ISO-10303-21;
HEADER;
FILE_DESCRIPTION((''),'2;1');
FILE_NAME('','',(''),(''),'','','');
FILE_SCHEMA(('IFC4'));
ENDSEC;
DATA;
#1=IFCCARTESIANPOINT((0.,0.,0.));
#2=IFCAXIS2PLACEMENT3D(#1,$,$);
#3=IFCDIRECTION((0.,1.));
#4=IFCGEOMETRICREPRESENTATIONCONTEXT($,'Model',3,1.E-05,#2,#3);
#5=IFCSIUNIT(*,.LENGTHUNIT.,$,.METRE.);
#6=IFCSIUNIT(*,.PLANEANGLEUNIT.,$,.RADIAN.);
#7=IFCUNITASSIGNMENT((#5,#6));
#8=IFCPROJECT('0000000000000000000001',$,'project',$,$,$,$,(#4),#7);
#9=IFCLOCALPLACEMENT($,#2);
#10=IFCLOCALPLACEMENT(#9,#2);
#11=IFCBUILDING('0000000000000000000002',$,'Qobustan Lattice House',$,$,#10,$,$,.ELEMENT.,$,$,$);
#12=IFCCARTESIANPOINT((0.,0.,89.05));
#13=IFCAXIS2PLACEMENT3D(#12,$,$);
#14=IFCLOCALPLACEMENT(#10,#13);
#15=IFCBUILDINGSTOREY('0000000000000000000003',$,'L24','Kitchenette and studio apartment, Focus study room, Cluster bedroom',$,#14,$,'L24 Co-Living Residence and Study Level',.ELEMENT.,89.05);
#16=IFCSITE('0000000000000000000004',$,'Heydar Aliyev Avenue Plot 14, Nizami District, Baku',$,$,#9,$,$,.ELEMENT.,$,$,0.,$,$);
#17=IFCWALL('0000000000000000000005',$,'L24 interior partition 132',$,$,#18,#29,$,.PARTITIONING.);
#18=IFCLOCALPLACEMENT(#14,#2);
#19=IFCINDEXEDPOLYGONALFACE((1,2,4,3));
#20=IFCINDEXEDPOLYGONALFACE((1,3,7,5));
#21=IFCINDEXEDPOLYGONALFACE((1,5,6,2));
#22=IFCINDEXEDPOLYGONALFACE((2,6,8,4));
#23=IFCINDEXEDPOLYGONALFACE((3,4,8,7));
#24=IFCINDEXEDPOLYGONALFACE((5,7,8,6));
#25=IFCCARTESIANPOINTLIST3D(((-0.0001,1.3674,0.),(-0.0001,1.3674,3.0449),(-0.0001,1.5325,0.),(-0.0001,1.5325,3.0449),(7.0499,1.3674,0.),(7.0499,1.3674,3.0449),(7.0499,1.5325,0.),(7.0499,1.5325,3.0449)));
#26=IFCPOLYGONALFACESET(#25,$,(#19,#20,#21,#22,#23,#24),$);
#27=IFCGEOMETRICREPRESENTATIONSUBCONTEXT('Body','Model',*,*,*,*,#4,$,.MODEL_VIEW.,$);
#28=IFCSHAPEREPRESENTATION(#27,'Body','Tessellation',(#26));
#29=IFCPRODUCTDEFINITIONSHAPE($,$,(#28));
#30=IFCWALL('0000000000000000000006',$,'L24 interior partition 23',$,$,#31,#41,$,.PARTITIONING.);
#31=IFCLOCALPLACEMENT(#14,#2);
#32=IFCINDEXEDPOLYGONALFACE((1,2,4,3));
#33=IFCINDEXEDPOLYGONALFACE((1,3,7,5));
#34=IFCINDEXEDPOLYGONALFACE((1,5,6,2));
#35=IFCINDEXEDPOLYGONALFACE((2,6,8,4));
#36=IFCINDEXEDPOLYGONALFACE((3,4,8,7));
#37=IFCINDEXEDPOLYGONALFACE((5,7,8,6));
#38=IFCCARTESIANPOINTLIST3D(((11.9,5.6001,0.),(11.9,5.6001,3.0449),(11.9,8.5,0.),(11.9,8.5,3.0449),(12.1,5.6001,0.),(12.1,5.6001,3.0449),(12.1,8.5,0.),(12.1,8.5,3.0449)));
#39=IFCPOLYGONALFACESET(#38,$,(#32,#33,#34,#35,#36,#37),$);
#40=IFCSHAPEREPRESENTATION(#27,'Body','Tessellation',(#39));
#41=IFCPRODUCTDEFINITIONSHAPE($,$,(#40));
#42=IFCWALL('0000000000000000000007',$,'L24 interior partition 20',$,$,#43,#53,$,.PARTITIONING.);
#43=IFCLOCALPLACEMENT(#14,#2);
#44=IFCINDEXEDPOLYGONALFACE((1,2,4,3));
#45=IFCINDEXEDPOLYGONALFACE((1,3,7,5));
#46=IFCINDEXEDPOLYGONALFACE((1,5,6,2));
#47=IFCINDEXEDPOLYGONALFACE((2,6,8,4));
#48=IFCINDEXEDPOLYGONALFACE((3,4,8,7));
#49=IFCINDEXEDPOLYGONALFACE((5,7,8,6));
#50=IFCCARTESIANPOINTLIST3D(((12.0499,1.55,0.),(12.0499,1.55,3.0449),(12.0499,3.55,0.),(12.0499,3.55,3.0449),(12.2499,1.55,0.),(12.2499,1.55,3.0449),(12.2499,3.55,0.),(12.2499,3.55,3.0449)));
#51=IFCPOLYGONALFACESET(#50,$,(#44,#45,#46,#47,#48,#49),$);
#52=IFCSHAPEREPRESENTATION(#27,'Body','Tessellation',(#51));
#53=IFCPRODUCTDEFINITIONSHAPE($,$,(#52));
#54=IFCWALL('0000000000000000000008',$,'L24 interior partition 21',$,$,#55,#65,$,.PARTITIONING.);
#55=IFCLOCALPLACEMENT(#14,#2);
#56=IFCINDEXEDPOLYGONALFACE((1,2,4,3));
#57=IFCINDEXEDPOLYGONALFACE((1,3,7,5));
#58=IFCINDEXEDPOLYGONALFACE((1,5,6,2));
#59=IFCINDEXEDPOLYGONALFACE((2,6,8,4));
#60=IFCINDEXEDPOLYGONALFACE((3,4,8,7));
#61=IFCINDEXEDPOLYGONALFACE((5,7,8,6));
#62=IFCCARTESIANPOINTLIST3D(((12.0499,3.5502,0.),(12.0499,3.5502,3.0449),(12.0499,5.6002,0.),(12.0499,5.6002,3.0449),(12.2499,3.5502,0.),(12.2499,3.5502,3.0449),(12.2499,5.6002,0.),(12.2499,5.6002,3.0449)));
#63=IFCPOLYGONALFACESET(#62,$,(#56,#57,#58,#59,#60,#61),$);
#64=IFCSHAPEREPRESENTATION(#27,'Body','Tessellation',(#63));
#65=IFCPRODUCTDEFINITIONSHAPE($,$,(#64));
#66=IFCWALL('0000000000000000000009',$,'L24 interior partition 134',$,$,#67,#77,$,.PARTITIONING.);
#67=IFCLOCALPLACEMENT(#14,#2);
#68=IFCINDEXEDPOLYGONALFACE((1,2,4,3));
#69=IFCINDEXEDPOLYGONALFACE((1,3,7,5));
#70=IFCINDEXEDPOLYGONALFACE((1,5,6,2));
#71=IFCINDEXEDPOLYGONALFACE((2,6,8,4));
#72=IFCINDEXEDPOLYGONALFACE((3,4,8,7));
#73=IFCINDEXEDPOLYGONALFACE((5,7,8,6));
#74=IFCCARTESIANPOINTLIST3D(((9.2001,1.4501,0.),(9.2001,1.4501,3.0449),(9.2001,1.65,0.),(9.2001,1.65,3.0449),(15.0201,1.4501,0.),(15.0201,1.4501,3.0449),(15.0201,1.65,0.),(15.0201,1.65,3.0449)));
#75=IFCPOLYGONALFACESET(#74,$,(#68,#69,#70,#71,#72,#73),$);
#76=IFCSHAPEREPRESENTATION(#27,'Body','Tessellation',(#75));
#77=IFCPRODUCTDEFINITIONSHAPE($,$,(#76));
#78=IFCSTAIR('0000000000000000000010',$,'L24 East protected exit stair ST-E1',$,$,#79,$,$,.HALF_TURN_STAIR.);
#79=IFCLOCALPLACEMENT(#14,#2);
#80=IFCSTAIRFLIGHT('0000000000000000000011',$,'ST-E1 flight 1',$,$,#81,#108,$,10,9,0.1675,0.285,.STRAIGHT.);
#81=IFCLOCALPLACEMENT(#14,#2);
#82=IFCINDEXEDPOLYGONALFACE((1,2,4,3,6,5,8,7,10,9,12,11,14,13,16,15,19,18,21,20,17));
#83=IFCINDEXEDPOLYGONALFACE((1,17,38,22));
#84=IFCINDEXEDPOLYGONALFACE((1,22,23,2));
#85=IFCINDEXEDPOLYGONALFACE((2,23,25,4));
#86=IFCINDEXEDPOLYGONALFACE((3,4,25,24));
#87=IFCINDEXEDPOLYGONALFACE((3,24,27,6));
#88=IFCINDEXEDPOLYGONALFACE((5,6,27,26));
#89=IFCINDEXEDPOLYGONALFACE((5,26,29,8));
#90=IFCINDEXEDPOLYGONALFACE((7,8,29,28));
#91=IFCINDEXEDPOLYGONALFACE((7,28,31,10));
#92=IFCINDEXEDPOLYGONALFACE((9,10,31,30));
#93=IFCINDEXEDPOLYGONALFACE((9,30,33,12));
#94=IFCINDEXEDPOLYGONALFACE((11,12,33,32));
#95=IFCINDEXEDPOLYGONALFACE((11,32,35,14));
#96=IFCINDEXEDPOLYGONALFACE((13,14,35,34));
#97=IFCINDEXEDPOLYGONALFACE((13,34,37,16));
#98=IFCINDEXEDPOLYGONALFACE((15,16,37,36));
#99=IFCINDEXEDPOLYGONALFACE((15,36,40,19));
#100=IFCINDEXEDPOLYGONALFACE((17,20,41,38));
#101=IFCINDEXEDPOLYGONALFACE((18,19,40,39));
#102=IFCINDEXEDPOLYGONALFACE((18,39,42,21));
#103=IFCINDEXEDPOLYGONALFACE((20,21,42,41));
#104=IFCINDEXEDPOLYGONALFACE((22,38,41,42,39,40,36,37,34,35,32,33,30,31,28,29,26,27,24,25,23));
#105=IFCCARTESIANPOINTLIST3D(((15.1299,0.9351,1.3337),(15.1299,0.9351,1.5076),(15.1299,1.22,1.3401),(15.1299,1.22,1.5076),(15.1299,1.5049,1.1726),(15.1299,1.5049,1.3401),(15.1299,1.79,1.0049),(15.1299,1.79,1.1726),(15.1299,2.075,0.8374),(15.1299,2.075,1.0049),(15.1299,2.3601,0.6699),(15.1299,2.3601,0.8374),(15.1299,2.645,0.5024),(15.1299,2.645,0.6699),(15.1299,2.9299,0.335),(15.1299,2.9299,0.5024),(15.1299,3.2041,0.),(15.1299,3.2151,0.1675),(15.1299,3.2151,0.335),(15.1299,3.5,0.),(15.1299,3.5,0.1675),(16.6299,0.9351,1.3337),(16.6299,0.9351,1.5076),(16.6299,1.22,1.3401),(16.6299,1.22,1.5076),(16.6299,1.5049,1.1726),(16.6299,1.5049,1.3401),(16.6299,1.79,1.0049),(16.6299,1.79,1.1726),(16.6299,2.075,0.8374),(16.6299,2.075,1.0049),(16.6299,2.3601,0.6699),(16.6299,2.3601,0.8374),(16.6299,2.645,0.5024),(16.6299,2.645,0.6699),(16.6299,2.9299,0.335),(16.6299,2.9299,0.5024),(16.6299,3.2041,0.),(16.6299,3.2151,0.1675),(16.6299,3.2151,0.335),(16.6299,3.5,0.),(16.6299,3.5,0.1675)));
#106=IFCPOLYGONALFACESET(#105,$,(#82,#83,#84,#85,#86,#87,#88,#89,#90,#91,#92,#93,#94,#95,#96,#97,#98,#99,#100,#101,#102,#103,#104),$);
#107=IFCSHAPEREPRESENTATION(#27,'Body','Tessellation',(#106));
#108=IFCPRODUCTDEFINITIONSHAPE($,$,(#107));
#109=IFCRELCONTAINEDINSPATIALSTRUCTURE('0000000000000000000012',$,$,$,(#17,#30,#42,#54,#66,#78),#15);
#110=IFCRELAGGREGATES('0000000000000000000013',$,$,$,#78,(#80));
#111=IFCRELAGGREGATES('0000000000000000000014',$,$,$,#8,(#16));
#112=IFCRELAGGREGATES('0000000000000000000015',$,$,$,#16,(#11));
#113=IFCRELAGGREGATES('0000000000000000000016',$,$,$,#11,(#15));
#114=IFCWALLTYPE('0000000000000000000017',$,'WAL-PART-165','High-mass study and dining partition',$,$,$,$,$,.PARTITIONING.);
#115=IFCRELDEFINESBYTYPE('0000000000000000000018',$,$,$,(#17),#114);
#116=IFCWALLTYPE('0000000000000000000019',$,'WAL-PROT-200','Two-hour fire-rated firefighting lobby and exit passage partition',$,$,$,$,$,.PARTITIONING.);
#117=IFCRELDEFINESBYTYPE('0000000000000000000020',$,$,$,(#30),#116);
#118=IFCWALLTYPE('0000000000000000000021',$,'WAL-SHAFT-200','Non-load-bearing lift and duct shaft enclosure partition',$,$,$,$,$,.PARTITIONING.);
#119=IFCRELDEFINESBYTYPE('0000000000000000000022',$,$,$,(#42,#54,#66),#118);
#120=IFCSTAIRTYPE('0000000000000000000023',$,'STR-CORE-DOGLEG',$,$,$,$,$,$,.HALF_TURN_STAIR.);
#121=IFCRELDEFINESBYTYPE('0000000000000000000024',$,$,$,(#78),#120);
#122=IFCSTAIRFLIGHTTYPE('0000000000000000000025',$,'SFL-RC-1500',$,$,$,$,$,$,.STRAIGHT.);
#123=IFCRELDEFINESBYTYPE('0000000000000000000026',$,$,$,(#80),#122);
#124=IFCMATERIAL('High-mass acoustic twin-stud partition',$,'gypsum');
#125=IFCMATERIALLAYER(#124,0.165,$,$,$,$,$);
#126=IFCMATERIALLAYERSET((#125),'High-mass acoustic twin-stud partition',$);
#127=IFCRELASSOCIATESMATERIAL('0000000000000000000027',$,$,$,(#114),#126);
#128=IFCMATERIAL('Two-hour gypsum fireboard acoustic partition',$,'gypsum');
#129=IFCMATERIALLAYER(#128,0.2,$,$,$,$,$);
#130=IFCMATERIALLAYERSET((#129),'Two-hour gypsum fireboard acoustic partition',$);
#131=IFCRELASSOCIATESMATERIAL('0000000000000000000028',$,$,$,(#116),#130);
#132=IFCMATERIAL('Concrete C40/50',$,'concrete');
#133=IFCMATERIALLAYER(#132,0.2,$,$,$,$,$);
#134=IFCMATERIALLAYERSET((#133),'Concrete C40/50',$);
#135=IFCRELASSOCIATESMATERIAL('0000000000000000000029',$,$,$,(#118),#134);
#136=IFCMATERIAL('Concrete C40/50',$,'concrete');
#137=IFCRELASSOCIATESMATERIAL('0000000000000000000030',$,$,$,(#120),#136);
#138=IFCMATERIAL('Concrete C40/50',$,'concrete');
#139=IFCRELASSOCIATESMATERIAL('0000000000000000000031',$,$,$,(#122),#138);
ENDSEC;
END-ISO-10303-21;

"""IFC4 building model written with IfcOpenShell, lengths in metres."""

from ifc_helpers import new_model, si_unit, direction, frame, frame_2d, origin, place, context, subcontext, project, spatial, polyline, rectangle, outline, extrude, material, layer, layer_set, type_object, element, aggregate, save


model = new_model("IFC4")

# Units and contexts
model_context = context("Model", 3, precision=1e-05, world=origin(), true_north=direction((0.0, 1.0)))
body_context = subcontext(model_context, "Body", "Model", "MODEL_VIEW")
ifc_project = project(units=[si_unit("LENGTHUNIT", "METRE"), si_unit("PLANEANGLEUNIT", "RADIAN")], contexts=[model_context])

# Site, building, storey
site_placement = place(None, origin())
site = spatial("IfcSite", under=ifc_project, at=site_placement, Name="Heydar Aliyev Avenue Plot 14, Nizami District, Baku", CompositionType="ELEMENT", RefElevation=0.0)
building_placement = place(site_placement, origin())
building = spatial("IfcBuilding", under=site, at=building_placement, Name="Qobustan Lattice House", CompositionType="ELEMENT")
storey_placement = place(building_placement, frame((0.0, 0.0, 89.05)))
storey = spatial("IfcBuildingStorey", under=building, at=storey_placement, Name="L24", Description="Kitchenette and studio apartment, Focus study room, Cluster bedroom", LongName="L24 Co-Living Residence and Study Level", CompositionType="ELEMENT", Elevation=89.05)

# Shared definitions
ifc_material_1 = material(Name="High-mass acoustic twin-stud partition", Category="gypsum")
ifc_layer_1 = layer(ifc_material_1, 0.165)
ifc_layer_set_1 = layer_set([ifc_layer_1], Name="High-mass acoustic twin-stud partition")
wall_type_1 = type_object("IfcWallType", Name="WAL-PART-165", Description="High-mass study and dining partition", PredefinedType="PARTITIONING", material=ifc_layer_set_1)

# Walls
for number, where, z_axis, x_axis, name in (
    (1, (0.0, 1.45, 0.0), (0.0, 0.0, 1.0), (1.0, 0.0, 0.0), "L24 interior partition 132"),
):
    element("IfcWall", number, at=place(storey_placement, frame(where, z_axis=z_axis, x_axis=x_axis)), inside=storey, type_object=wall_type_1, Name=name, PredefinedType="PARTITIONING", context=body_context, shape_type="SweptSolid", body=[
        extrude(rectangle(XDim=7.05, YDim=0.165, at=frame_2d((3.5249, 0.0))), origin(), (0.0, 0.0, 1.0), 3.0449),
    ])
ifc_material_2 = material(Name="Two-hour gypsum fireboard acoustic partition", Category="gypsum")
ifc_layer_2 = layer(ifc_material_2, 0.2)
ifc_layer_set_2 = layer_set([ifc_layer_2], Name="Two-hour gypsum fireboard acoustic partition")
wall_type_2 = type_object("IfcWallType", Name="WAL-PROT-200", Description="Two-hour fire-rated firefighting lobby and exit passage partition", PredefinedType="PARTITIONING", material=ifc_layer_set_2)
wall_1_placement = place(storey_placement, frame((12.0, 8.5, 0.0), z_axis=(0.0, 0.0, 1.0), x_axis=(0.0, -1.0, 0.0)))
element("IfcWall", 2, at=wall_1_placement, inside=storey, type_object=wall_type_2, Name="L24 interior partition 23", PredefinedType="PARTITIONING", context=body_context, shape_type="SweptSolid", body=[
    extrude(rectangle(XDim=2.8999, YDim=0.2, at=frame_2d((1.45, 0.0))), origin(), (0.0, 0.0, 1.0), 3.0449),
])
ifc_material_3 = material(Name="Concrete C40/50", Category="concrete")
ifc_layer_3 = layer(ifc_material_3, 0.2)
ifc_layer_set_3 = layer_set([ifc_layer_3], Name="Concrete C40/50")
wall_type_3 = type_object("IfcWallType", Name="WAL-SHAFT-200", Description="Non-load-bearing lift and duct shaft enclosure partition", PredefinedType="PARTITIONING", material=ifc_layer_set_3)
wall_2_placement = place(storey_placement, frame((12.1499, 3.55, 0.0), z_axis=(0.0, 0.0, 1.0), x_axis=(0.0, -1.0, 0.0)))
element("IfcWall", 3, at=wall_2_placement, inside=storey, type_object=wall_type_3, Name="L24 interior partition 20", PredefinedType="PARTITIONING", context=body_context, shape_type="SweptSolid", body=[
    extrude(rectangle(XDim=2.0, YDim=0.2, at=frame_2d((1.0, 0.0))), origin(), (0.0, 0.0, 1.0), 3.0449),
])
wall_3_placement = place(storey_placement, frame((12.1499, 5.6001, 0.0), z_axis=(0.0, 0.0, 1.0), x_axis=(0.0, -1.0, 0.0)))
element("IfcWall", 4, at=wall_3_placement, inside=storey, type_object=wall_type_3, Name="L24 interior partition 21", PredefinedType="PARTITIONING", context=body_context, shape_type="SweptSolid", body=[
    extrude(rectangle(XDim=2.05, YDim=0.2, at=frame_2d((1.0249, 0.0))), origin(), (0.0, 0.0, 1.0), 3.0449),
])
wall_4_placement = place(storey_placement, frame((9.2, 1.55, 0.0), z_axis=(0.0, 0.0, 1.0), x_axis=(1.0, 0.0, 0.0)))
element("IfcWall", 5, at=wall_4_placement, inside=storey, type_object=wall_type_3, Name="L24 interior partition 134", PredefinedType="PARTITIONING", context=body_context, shape_type="SweptSolid", body=[
    extrude(rectangle(XDim=5.8201, YDim=0.2, at=frame_2d((2.9102, 0.0))), origin(), (0.0, 0.0, 1.0), 3.0449),
])

# Stair, stair flight
ifc_material_4 = material(Name="Concrete C40/50", Category="concrete")
stair_type = type_object("IfcStairType", Name="STR-CORE-DOGLEG", PredefinedType="HALF_TURN_STAIR", material=ifc_material_4)
stair_placement = place(storey_placement, origin())
stair = element("IfcStair", 6, at=stair_placement, inside=storey, type_object=stair_type, Name="L24 East protected exit stair ST-E1", PredefinedType="HALF_TURN_STAIR")
ifc_material_5 = material(Name="Concrete C40/50", Category="concrete")
stair_flight_type = type_object("IfcStairFlightType", Name="SFL-RC-1500", PredefinedType="STRAIGHT", material=ifc_material_5)
stair_flight_placement = place(storey_placement, frame((15.8799, 3.5, 0.0), z_axis=(0.0, 0.0, 1.0), x_axis=(0.0, -1.0, 0.0)))
stair_flight = element("IfcStairFlight", 7, at=stair_flight_placement, type_object=stair_flight_type, Name="ST-E1 flight 1", NumberOfRisers=10, NumberOfTreads=9, PredefinedType="STRAIGHT", RiserHeight=0.1675, TreadLength=0.285, context=body_context, shape_type="SweptSolid", body=[
    extrude(outline(polyline([(0.0, 0.0), (0.0, 0.1675), (0.2849, 0.1675), (0.2849, 0.335), (0.5701, 0.335), (0.5701, 0.5024), (0.855, 0.5024), (0.855, 0.6699), (1.1399, 0.6699), (1.1399, 0.8374), (1.425, 0.8374), (1.425, 1.0049), (1.71, 1.0049), (1.71, 1.1726), (1.9951, 1.1726), (1.9951, 1.3401), (2.28, 1.3401), (2.28, 1.5076), (2.5649, 1.5076), (2.5649, 1.675), (2.5649, 1.3337), (0.2959, 0.0), (0.0, 0.0)])), frame((0.0, 0.75, 0.0), z_axis=(0.0, -1.0, 0.0), x_axis=(1.0, 0.0, 0.0)), (0.0, 0.0, 1.0), 1.5),
])
aggregate(stair, [stair_flight])

save(model, "model.ifc")
